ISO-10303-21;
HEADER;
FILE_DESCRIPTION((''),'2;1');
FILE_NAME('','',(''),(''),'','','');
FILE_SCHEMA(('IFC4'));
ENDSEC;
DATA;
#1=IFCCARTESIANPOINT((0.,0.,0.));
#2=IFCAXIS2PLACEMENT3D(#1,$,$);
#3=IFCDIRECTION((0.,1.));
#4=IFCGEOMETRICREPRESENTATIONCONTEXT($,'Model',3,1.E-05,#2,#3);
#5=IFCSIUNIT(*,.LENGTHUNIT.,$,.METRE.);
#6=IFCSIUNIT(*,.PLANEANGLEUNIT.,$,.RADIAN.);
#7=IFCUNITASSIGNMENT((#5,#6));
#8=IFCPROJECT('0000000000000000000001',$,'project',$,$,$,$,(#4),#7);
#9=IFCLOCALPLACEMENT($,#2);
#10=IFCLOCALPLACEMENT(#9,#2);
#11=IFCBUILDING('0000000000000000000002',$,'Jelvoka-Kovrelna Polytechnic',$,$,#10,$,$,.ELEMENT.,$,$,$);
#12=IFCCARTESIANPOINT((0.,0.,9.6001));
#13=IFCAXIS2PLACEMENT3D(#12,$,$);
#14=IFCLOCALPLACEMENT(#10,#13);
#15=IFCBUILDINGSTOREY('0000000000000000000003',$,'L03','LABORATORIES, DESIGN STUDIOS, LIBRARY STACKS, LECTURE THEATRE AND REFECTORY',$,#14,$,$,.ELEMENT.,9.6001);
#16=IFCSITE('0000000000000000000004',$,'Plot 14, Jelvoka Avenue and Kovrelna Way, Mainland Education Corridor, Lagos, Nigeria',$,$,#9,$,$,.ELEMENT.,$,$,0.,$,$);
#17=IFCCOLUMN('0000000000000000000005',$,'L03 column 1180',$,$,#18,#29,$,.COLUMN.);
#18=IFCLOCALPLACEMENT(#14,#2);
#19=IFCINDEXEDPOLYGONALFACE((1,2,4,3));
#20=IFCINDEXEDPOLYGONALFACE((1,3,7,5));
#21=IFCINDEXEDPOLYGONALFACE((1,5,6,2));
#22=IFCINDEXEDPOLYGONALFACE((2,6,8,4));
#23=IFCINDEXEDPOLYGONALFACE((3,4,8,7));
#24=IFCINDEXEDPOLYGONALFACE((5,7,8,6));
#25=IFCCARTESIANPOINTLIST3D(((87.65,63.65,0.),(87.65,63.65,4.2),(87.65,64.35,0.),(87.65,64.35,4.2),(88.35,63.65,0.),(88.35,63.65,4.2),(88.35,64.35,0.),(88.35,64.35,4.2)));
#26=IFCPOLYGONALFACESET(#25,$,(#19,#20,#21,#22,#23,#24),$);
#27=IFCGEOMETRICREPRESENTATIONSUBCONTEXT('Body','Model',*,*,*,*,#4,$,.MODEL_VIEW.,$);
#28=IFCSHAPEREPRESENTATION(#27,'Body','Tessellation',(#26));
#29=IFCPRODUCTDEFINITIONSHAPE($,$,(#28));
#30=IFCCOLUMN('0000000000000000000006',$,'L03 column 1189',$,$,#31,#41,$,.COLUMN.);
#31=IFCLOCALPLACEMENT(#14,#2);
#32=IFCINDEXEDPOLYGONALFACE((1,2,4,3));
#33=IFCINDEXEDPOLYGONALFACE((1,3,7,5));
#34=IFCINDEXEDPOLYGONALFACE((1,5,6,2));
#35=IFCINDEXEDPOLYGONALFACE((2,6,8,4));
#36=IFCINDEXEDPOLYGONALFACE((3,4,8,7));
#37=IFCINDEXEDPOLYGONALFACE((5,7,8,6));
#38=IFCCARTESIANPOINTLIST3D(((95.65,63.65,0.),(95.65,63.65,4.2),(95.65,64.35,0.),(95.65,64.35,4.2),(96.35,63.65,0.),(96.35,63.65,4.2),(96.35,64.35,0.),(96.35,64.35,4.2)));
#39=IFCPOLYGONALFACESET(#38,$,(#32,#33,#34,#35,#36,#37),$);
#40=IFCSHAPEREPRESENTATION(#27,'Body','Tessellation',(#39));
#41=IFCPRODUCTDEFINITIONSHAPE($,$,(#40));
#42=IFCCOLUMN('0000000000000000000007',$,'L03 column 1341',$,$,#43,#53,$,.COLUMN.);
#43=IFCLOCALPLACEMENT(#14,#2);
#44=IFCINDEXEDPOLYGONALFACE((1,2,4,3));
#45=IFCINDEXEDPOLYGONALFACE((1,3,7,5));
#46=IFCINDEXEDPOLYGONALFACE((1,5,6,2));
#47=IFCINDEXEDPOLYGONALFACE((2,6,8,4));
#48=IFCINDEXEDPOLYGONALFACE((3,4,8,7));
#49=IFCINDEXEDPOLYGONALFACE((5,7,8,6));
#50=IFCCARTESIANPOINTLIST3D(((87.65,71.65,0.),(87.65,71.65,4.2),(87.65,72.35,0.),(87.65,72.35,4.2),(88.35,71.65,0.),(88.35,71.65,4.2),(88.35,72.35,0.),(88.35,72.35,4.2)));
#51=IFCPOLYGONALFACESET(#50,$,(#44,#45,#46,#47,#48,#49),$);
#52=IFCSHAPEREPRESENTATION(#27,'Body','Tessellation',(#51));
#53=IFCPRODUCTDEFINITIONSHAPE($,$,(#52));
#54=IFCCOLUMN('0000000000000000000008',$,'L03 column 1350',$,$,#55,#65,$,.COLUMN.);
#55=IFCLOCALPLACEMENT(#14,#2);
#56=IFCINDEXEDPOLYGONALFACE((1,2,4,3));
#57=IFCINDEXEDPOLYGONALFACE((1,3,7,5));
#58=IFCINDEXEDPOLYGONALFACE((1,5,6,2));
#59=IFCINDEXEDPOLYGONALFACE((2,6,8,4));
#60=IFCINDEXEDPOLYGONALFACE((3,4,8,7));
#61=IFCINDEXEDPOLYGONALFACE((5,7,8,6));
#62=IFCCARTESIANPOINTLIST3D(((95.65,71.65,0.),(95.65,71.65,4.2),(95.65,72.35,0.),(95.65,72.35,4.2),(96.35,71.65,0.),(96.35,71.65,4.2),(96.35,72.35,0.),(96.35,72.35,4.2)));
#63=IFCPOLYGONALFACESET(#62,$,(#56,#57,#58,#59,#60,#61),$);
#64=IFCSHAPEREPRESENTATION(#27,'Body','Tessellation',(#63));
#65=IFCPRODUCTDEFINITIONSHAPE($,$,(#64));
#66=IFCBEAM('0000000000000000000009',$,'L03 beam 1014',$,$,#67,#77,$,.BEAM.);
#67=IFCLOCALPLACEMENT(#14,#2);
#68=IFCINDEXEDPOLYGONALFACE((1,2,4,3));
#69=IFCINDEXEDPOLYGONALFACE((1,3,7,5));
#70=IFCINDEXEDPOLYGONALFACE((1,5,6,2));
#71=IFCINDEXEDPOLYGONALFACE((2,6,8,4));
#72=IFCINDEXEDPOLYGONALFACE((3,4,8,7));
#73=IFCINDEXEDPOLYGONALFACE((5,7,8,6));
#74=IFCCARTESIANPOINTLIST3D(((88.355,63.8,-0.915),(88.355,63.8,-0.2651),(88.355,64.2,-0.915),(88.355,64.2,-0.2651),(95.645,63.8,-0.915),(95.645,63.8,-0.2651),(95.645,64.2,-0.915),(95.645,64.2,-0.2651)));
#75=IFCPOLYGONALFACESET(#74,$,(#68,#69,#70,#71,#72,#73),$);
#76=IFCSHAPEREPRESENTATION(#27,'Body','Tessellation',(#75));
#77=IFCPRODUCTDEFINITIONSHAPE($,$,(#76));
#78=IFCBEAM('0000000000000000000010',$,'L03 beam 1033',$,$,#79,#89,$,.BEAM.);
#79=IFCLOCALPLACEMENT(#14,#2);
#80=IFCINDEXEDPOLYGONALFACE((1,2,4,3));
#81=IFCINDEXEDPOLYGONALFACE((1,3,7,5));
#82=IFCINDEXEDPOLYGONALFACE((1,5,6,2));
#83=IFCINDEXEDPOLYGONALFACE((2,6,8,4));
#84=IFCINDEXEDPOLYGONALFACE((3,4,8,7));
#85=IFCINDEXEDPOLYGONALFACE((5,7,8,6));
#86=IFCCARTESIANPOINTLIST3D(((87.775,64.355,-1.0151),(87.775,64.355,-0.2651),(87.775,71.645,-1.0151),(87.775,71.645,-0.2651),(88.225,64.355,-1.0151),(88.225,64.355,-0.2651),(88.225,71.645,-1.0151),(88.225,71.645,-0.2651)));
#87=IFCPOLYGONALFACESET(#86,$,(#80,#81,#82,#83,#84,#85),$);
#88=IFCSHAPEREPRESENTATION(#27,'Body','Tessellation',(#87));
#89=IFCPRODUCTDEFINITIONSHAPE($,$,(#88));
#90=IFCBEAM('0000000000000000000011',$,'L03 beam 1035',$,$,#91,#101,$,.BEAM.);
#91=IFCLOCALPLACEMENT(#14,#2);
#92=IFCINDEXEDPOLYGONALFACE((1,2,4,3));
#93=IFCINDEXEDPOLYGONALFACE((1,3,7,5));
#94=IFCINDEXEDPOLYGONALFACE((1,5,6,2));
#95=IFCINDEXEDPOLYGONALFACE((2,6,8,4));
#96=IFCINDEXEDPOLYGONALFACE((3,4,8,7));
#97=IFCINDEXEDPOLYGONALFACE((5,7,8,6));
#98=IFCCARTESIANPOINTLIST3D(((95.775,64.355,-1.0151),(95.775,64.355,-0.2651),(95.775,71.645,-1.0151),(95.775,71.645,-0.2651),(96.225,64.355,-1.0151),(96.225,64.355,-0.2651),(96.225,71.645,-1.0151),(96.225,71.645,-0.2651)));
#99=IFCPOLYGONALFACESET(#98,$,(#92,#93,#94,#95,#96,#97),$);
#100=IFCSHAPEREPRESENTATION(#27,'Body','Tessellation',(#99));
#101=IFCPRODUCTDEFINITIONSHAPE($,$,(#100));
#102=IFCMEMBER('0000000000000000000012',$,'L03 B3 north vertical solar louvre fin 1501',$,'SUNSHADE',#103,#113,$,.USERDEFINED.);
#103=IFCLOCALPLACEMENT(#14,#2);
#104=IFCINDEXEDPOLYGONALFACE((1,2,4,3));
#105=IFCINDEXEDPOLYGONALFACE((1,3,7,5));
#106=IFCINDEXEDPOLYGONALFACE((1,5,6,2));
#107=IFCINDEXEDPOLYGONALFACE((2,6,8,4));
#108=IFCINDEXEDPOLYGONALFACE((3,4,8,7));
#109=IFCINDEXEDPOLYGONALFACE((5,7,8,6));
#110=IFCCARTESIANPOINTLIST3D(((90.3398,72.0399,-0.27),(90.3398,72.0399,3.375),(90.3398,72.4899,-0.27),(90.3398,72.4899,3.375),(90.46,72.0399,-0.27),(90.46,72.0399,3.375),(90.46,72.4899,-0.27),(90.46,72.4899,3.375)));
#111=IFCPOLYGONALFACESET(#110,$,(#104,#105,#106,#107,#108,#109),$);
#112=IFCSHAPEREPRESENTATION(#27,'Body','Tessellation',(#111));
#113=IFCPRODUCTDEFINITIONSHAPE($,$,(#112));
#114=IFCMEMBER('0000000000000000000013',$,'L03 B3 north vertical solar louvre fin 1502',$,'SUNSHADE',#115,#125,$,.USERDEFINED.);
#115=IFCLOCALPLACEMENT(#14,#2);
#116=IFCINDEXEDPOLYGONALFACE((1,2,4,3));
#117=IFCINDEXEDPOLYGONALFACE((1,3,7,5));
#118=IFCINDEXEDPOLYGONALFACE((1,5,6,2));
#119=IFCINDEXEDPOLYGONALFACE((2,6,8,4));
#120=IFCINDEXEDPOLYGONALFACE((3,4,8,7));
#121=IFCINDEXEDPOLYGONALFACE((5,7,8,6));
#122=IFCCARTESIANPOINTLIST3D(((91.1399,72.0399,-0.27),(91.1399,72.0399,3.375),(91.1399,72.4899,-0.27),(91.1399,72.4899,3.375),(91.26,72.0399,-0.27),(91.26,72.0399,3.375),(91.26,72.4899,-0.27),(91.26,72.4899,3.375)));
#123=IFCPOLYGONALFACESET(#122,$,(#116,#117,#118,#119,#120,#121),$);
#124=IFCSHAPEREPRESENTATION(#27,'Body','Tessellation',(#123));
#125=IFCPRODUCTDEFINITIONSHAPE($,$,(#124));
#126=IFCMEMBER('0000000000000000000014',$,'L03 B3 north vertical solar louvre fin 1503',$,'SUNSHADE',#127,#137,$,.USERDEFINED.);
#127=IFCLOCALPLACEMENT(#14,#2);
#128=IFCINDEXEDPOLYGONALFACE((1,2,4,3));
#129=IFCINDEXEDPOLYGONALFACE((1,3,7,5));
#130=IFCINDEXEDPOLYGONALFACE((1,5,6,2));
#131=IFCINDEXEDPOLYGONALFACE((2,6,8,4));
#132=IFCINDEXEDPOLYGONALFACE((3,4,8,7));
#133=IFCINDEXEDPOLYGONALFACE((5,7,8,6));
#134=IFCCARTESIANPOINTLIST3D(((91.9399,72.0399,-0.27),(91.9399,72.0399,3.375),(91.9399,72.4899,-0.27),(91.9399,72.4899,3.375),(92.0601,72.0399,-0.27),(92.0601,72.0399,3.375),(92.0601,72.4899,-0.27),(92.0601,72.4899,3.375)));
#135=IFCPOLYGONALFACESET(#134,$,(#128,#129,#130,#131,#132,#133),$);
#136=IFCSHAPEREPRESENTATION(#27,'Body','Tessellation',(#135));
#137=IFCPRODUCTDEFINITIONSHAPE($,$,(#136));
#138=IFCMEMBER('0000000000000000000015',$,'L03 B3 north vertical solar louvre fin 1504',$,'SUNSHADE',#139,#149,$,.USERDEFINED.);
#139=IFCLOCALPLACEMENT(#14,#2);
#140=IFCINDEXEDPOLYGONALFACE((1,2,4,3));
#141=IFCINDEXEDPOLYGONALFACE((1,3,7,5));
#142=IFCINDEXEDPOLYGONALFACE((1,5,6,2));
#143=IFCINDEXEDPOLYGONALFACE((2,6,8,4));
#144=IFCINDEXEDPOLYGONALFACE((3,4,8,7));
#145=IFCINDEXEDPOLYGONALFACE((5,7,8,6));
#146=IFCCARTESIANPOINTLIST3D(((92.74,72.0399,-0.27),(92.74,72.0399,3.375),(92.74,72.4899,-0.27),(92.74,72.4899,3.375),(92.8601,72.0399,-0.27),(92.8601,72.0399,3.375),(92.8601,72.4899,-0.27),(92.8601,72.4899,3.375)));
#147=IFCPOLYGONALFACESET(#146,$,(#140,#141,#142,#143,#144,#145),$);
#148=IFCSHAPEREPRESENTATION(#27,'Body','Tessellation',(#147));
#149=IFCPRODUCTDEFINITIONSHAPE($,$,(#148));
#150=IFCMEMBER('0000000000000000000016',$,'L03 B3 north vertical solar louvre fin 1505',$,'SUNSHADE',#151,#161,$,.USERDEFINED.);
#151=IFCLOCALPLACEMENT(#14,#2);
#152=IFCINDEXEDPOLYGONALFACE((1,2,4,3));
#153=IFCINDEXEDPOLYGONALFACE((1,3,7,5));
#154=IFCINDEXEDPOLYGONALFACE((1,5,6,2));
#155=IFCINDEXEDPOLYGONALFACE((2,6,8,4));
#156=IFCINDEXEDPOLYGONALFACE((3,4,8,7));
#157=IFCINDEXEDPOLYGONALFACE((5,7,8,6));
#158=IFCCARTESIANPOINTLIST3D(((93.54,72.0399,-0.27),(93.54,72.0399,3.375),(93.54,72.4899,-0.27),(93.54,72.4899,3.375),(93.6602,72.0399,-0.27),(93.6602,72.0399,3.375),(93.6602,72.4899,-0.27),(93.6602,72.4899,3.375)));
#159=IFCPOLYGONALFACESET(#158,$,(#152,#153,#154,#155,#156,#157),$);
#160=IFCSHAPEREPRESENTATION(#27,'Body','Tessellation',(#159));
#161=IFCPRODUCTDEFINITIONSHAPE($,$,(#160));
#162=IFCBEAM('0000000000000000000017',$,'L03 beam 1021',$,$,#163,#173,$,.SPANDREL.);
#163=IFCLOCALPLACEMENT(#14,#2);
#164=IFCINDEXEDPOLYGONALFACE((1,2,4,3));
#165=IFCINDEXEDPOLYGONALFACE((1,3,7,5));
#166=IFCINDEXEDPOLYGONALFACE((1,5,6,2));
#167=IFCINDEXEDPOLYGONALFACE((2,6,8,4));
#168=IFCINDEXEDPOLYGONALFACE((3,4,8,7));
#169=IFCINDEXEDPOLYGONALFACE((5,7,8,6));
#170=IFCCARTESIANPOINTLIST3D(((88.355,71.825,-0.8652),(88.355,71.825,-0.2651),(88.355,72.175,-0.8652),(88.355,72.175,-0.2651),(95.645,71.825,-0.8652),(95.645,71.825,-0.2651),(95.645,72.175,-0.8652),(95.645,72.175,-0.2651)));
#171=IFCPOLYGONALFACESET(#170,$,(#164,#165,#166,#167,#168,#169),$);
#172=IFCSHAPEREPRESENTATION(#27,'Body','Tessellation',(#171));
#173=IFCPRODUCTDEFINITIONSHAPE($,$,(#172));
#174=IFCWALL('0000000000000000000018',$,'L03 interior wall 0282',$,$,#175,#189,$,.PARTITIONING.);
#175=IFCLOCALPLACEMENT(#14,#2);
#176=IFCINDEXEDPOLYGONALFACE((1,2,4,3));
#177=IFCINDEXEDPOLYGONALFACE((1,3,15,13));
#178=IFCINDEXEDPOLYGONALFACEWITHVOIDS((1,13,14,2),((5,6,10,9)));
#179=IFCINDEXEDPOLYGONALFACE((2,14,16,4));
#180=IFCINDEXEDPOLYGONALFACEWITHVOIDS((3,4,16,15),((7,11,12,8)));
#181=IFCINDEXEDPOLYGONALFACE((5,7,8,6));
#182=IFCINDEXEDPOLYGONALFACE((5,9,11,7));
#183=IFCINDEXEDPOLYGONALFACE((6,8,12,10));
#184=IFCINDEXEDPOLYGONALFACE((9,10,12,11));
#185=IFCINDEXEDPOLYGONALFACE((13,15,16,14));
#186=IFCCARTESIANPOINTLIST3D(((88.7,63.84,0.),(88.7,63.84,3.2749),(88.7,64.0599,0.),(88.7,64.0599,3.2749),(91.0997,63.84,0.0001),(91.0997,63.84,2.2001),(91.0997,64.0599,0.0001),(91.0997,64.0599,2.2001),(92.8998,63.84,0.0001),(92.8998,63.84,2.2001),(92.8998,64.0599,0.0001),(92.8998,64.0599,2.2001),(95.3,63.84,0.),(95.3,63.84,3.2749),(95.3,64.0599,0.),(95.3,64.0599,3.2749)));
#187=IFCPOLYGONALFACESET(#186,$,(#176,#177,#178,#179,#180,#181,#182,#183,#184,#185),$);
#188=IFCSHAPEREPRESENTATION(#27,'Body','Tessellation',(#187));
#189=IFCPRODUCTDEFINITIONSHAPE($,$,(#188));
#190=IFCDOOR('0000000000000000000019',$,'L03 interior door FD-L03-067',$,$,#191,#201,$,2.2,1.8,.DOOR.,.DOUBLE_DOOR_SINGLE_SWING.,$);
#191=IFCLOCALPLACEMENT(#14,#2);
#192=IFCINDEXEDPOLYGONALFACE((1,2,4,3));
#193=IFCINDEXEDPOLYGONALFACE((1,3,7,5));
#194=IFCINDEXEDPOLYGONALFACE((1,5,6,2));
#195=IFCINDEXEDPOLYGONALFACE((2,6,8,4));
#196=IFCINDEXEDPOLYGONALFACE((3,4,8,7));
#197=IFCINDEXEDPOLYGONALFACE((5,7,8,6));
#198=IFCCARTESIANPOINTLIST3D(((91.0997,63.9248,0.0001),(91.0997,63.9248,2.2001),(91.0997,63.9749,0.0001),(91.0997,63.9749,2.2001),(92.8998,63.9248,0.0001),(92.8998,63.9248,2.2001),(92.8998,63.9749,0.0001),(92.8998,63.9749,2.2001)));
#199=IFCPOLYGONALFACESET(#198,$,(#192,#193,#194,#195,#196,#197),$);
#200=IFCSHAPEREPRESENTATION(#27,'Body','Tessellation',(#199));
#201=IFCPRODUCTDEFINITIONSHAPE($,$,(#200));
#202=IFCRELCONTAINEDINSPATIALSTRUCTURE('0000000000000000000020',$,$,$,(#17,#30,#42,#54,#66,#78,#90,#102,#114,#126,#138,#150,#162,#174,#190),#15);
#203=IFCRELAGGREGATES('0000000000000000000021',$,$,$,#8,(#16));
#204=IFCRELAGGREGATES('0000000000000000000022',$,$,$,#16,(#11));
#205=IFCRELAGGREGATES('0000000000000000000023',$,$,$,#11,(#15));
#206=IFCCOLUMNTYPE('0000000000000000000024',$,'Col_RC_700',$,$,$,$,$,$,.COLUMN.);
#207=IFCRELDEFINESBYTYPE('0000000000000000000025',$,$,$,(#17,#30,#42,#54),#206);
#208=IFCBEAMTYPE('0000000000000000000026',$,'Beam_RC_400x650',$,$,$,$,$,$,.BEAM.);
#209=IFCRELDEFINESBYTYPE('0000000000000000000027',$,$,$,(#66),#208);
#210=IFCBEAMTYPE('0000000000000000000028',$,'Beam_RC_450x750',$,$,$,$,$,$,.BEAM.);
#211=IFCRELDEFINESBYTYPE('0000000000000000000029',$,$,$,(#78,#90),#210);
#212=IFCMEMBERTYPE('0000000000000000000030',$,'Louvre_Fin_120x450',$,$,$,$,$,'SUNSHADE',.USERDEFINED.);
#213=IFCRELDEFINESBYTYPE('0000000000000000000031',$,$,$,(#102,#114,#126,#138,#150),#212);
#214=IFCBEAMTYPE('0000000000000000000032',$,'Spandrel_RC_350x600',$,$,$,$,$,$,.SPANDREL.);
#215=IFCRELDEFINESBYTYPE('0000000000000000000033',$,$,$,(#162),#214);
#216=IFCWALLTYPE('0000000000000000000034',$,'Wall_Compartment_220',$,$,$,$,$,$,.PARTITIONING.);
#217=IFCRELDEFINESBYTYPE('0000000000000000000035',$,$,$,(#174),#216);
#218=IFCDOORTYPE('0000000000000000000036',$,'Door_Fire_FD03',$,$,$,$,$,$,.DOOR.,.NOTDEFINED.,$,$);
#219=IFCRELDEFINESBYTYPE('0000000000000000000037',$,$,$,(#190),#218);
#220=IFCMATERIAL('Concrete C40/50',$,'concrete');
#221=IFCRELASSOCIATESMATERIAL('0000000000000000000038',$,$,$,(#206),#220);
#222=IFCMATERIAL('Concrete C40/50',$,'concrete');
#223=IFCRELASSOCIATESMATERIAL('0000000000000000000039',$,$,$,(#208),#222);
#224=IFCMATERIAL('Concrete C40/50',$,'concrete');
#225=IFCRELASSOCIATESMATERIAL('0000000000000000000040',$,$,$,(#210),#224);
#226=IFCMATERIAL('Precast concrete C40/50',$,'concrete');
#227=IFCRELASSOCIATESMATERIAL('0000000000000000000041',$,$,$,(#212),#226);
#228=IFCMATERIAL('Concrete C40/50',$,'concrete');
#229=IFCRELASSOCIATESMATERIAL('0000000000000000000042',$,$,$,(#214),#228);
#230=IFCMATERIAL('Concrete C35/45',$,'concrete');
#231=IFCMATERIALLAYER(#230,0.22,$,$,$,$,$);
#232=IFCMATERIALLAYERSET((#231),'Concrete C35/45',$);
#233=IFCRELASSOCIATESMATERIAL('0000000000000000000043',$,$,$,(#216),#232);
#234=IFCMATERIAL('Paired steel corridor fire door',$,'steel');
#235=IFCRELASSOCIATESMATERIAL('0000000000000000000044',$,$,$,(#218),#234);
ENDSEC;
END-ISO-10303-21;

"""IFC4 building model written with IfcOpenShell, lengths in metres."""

from ifc_helpers import new_model, si_unit, direction, frame, frame_2d, origin, origin_2d, place, context, subcontext, project, spatial, rectangle, extrude, material, layer, layer_set, material_profile, profile_set, type_object, element, fill, save


model = new_model("IFC4")

# Units and contexts
model_context = context("Model", 3, precision=1e-05, world=origin(), true_north=direction((0.0, 1.0)))
body_context = subcontext(model_context, "Body", "Model", "MODEL_VIEW")
ifc_project = project(units=[si_unit("LENGTHUNIT", "METRE"), si_unit("PLANEANGLEUNIT", "RADIAN")], contexts=[model_context])

# Site, building, storey
site_placement = place(None, origin())
site = spatial("IfcSite", under=ifc_project, at=site_placement, Name="Plot 14, Jelvoka Avenue and Kovrelna Way, Mainland Education Corridor, Lagos, Nigeria", CompositionType="ELEMENT", RefElevation=0.0)
building_placement = place(site_placement, origin())
building = spatial("IfcBuilding", under=site, at=building_placement, Name="Jelvoka-Kovrelna Polytechnic", CompositionType="ELEMENT")
storey_placement = place(building_placement, frame((0.0, 0.0, 9.6001)))
storey = spatial("IfcBuildingStorey", under=building, at=storey_placement, Name="L03", Description="LABORATORIES, DESIGN STUDIOS, LIBRARY STACKS, LECTURE THEATRE AND REFECTORY", CompositionType="ELEMENT", Elevation=9.6001)

# Columns
ifc_material_1 = material(Name="Concrete C40/50", Category="concrete")
ifc_material_profile_1 = material_profile(ifc_material_1, rectangle(XDim=0.7, YDim=0.7, at=origin_2d()), Name="RC 700x700")
ifc_profile_set_1 = profile_set([ifc_material_profile_1], Name="Concrete C40/50")
column_type = type_object("IfcColumnType", Name="Col_RC_700", PredefinedType="COLUMN", material=ifc_profile_set_1)
for number, where, z_axis, x_axis, name in (
    (1, (88.0, 64.0, 0.0), (0.0, 0.0, 1.0), (1.0, 0.0, 0.0), "L03 column 1180"),
    (2, (96.0, 64.0, 0.0), (0.0, 0.0, 1.0), (1.0, 0.0, 0.0), "L03 column 1189"),
    (3, (88.0, 72.0, 0.0), (0.0, 0.0, 1.0), (1.0, 0.0, 0.0), "L03 column 1341"),
    (4, (96.0, 72.0, 0.0), (0.0, 0.0, 1.0), (1.0, 0.0, 0.0), "L03 column 1350"),
):
    element("IfcColumn", number, at=place(storey_placement, frame(where, z_axis=z_axis, x_axis=x_axis)), inside=storey, type_object=column_type, Name=name, PredefinedType="COLUMN", context=body_context, shape_type="SweptSolid", body=[
        extrude(rectangle(XDim=0.7, YDim=0.7, at=origin_2d()), origin(), (0.0, 0.0, 1.0), 4.2),
    ])

# Beams
ifc_material_2 = material(Name="Concrete C40/50", Category="concrete")
ifc_material_profile_2 = material_profile(ifc_material_2, rectangle(XDim=0.3999, YDim=0.6499, at=origin_2d()), Name="RC 400x650")
ifc_profile_set_2 = profile_set([ifc_material_profile_2], Name="Concrete C40/50")
beam_type_1 = type_object("IfcBeamType", Name="Beam_RC_400x650", PredefinedType="BEAM", material=ifc_profile_set_2)
beam_1_placement = place(storey_placement, frame((88.355, 64.0, -0.5901), z_axis=(1.0, 0.0, 0.0), x_axis=(0.0, 1.0, 0.0)))
element("IfcBeam", 5, at=beam_1_placement, inside=storey, type_object=beam_type_1, Name="L03 beam 1014", PredefinedType="BEAM", context=body_context, shape_type="SweptSolid", body=[
    extrude(rectangle(XDim=0.3999, YDim=0.6499, at=origin_2d()), origin(), (0.0, 0.0, 1.0), 7.29),
])
ifc_material_3 = material(Name="Concrete C40/50", Category="concrete")
ifc_material_profile_3 = material_profile(ifc_material_3, rectangle(XDim=0.45, YDim=0.75, at=origin_2d()), Name="RC 450x750")
ifc_profile_set_3 = profile_set([ifc_material_profile_3], Name="Concrete C40/50")
beam_type_2 = type_object("IfcBeamType", Name="Beam_RC_450x750", PredefinedType="BEAM", material=ifc_profile_set_3)
for number, where, z_axis, x_axis, name in (
    (6, (88.0, 64.355, -0.6401), (0.0, 1.0, 0.0), (-1.0, 0.0, 0.0), "L03 beam 1033"),
    (7, (96.0, 64.355, -0.6401), (0.0, 1.0, 0.0), (-1.0, 0.0, 0.0), "L03 beam 1035"),
):
    element("IfcBeam", number, at=place(storey_placement, frame(where, z_axis=z_axis, x_axis=x_axis)), inside=storey, type_object=beam_type_2, Name=name, PredefinedType="BEAM", context=body_context, shape_type="SweptSolid", body=[
        extrude(rectangle(XDim=0.45, YDim=0.75, at=origin_2d()), origin(), (0.0, 0.0, 1.0), 7.29),
    ])

# Members
ifc_material_4 = material(Name="Precast concrete C40/50", Category="concrete")
ifc_material_profile_4 = material_profile(ifc_material_4, rectangle(XDim=0.1201, YDim=0.45, at=origin_2d()), Name="PC 120x450")
ifc_profile_set_4 = profile_set([ifc_material_profile_4], Name="Precast concrete C40/50")
member_type = type_object("IfcMemberType", Name="Louvre_Fin_120x450", ElementType="SUNSHADE", PredefinedType="USERDEFINED", material=ifc_profile_set_4)
for number, where, z_axis, x_axis, name in (
    (8, (90.3999, 72.2649, -0.27), (0.0, 0.0, 1.0), (1.0, 0.0, 0.0), "L03 B3 north vertical solar louvre fin 1501"),
    (9, (91.2, 72.2649, -0.27), (0.0, 0.0, 1.0), (1.0, 0.0, 0.0), "L03 B3 north vertical solar louvre fin 1502"),
    (10, (92.0, 72.2649, -0.27), (0.0, 0.0, 1.0), (1.0, 0.0, 0.0), "L03 B3 north vertical solar louvre fin 1503"),
    (11, (92.8, 72.2649, -0.27), (0.0, 0.0, 1.0), (1.0, 0.0, 0.0), "L03 B3 north vertical solar louvre fin 1504"),
    (12, (93.6001, 72.2649, -0.27), (0.0, 0.0, 1.0), (1.0, 0.0, 0.0), "L03 B3 north vertical solar louvre fin 1505"),
):
    element("IfcMember", number, at=place(storey_placement, frame(where, z_axis=z_axis, x_axis=x_axis)), inside=storey, type_object=member_type, Name=name, ObjectType="SUNSHADE", PredefinedType="USERDEFINED", context=body_context, shape_type="SweptSolid", body=[
        extrude(rectangle(XDim=0.1201, YDim=0.45, at=origin_2d()), origin(), (0.0, 0.0, 1.0), 3.645),
    ])

# Beam
ifc_material_5 = material(Name="Concrete C40/50", Category="concrete")
ifc_material_profile_5 = material_profile(ifc_material_5, rectangle(XDim=0.3501, YDim=0.6001, at=origin_2d()), Name="RC 350x600")
ifc_profile_set_5 = profile_set([ifc_material_profile_5], Name="Concrete C40/50")
beam_type_3 = type_object("IfcBeamType", Name="Spandrel_RC_350x600", PredefinedType="SPANDREL", material=ifc_profile_set_5)
beam_2_placement = place(storey_placement, frame((88.355, 72.0, -0.5652), z_axis=(1.0, 0.0, 0.0), x_axis=(0.0, 1.0, 0.0)))
element("IfcBeam", 13, at=beam_2_placement, inside=storey, type_object=beam_type_3, Name="L03 beam 1021", PredefinedType="SPANDREL", context=body_context, shape_type="SweptSolid", body=[
    extrude(rectangle(XDim=0.3501, YDim=0.6001, at=origin_2d()), origin(), (0.0, 0.0, 1.0), 7.29),
])

# Wall, opening, door
ifc_material_6 = material(Name="Concrete C35/45", Category="concrete")
ifc_layer_1 = layer(ifc_material_6, 0.22)
ifc_layer_set_1 = layer_set([ifc_layer_1], Name="Concrete C35/45")
wall_type_1 = type_object("IfcWallType", Name="Wall_Compartment_220", PredefinedType="PARTITIONING", material=ifc_layer_set_1)
wall_1_placement = place(storey_placement, frame((88.7, 63.95, 0.0), z_axis=(0.0, 0.0, 1.0), x_axis=(1.0, 0.0, 0.0)))
wall_1 = element("IfcWall", 14, at=wall_1_placement, inside=storey, type_object=wall_type_1, Name="L03 interior wall 0282", PredefinedType="PARTITIONING", context=body_context, shape_type="SweptSolid", body=[
    extrude(rectangle(XDim=6.6001, YDim=0.22, at=frame_2d((3.3, 0.0))), origin(), (0.0, 0.0, 1.0), 3.2749),
])
opening_1_placement = place(wall_1_placement, frame((2.3999, 0.0, 0.0)))
opening_1 = element("IfcOpeningElement", 15, at=opening_1_placement, cuts=wall_1, PredefinedType="OPENING", context=body_context, shape_type="SweptSolid", body=[
    extrude(rectangle(XDim=1.8, YDim=2.2, at=frame_2d((0.8999, 1.1001))), frame((0.0, 0.1199, 0.0), z_axis=(0.0, -1.0, 0.0), x_axis=(1.0, 0.0, 0.0)), (0.0, 0.0, 1.0), 0.24),
])
ifc_material_7 = material(Name="Paired steel corridor fire door", Category="steel")
door_type = type_object("IfcDoorType", Name="Door_Fire_FD03", OperationType="NOTDEFINED", PredefinedType="DOOR", material=ifc_material_7)
door_placement = place(opening_1_placement, origin())
door = element("IfcDoor", 16, at=door_placement, inside=storey, type_object=door_type, Name="L03 interior door FD-L03-067", OperationType="DOUBLE_DOOR_SINGLE_SWING", OverallHeight=2.2, OverallWidth=1.8, PredefinedType="DOOR", context=body_context, shape_type="SweptSolid", body=[
    extrude(rectangle(XDim=1.8, YDim=2.2, at=frame_2d((0.8999, 1.1001))), frame((0.0, 0.0249, 0.0), z_axis=(0.0, -1.0, 0.0), x_axis=(1.0, 0.0, 0.0)), (0.0, 0.0, 1.0), 0.05),
])
fill(opening_1, door)

save(model, "model.ifc")
